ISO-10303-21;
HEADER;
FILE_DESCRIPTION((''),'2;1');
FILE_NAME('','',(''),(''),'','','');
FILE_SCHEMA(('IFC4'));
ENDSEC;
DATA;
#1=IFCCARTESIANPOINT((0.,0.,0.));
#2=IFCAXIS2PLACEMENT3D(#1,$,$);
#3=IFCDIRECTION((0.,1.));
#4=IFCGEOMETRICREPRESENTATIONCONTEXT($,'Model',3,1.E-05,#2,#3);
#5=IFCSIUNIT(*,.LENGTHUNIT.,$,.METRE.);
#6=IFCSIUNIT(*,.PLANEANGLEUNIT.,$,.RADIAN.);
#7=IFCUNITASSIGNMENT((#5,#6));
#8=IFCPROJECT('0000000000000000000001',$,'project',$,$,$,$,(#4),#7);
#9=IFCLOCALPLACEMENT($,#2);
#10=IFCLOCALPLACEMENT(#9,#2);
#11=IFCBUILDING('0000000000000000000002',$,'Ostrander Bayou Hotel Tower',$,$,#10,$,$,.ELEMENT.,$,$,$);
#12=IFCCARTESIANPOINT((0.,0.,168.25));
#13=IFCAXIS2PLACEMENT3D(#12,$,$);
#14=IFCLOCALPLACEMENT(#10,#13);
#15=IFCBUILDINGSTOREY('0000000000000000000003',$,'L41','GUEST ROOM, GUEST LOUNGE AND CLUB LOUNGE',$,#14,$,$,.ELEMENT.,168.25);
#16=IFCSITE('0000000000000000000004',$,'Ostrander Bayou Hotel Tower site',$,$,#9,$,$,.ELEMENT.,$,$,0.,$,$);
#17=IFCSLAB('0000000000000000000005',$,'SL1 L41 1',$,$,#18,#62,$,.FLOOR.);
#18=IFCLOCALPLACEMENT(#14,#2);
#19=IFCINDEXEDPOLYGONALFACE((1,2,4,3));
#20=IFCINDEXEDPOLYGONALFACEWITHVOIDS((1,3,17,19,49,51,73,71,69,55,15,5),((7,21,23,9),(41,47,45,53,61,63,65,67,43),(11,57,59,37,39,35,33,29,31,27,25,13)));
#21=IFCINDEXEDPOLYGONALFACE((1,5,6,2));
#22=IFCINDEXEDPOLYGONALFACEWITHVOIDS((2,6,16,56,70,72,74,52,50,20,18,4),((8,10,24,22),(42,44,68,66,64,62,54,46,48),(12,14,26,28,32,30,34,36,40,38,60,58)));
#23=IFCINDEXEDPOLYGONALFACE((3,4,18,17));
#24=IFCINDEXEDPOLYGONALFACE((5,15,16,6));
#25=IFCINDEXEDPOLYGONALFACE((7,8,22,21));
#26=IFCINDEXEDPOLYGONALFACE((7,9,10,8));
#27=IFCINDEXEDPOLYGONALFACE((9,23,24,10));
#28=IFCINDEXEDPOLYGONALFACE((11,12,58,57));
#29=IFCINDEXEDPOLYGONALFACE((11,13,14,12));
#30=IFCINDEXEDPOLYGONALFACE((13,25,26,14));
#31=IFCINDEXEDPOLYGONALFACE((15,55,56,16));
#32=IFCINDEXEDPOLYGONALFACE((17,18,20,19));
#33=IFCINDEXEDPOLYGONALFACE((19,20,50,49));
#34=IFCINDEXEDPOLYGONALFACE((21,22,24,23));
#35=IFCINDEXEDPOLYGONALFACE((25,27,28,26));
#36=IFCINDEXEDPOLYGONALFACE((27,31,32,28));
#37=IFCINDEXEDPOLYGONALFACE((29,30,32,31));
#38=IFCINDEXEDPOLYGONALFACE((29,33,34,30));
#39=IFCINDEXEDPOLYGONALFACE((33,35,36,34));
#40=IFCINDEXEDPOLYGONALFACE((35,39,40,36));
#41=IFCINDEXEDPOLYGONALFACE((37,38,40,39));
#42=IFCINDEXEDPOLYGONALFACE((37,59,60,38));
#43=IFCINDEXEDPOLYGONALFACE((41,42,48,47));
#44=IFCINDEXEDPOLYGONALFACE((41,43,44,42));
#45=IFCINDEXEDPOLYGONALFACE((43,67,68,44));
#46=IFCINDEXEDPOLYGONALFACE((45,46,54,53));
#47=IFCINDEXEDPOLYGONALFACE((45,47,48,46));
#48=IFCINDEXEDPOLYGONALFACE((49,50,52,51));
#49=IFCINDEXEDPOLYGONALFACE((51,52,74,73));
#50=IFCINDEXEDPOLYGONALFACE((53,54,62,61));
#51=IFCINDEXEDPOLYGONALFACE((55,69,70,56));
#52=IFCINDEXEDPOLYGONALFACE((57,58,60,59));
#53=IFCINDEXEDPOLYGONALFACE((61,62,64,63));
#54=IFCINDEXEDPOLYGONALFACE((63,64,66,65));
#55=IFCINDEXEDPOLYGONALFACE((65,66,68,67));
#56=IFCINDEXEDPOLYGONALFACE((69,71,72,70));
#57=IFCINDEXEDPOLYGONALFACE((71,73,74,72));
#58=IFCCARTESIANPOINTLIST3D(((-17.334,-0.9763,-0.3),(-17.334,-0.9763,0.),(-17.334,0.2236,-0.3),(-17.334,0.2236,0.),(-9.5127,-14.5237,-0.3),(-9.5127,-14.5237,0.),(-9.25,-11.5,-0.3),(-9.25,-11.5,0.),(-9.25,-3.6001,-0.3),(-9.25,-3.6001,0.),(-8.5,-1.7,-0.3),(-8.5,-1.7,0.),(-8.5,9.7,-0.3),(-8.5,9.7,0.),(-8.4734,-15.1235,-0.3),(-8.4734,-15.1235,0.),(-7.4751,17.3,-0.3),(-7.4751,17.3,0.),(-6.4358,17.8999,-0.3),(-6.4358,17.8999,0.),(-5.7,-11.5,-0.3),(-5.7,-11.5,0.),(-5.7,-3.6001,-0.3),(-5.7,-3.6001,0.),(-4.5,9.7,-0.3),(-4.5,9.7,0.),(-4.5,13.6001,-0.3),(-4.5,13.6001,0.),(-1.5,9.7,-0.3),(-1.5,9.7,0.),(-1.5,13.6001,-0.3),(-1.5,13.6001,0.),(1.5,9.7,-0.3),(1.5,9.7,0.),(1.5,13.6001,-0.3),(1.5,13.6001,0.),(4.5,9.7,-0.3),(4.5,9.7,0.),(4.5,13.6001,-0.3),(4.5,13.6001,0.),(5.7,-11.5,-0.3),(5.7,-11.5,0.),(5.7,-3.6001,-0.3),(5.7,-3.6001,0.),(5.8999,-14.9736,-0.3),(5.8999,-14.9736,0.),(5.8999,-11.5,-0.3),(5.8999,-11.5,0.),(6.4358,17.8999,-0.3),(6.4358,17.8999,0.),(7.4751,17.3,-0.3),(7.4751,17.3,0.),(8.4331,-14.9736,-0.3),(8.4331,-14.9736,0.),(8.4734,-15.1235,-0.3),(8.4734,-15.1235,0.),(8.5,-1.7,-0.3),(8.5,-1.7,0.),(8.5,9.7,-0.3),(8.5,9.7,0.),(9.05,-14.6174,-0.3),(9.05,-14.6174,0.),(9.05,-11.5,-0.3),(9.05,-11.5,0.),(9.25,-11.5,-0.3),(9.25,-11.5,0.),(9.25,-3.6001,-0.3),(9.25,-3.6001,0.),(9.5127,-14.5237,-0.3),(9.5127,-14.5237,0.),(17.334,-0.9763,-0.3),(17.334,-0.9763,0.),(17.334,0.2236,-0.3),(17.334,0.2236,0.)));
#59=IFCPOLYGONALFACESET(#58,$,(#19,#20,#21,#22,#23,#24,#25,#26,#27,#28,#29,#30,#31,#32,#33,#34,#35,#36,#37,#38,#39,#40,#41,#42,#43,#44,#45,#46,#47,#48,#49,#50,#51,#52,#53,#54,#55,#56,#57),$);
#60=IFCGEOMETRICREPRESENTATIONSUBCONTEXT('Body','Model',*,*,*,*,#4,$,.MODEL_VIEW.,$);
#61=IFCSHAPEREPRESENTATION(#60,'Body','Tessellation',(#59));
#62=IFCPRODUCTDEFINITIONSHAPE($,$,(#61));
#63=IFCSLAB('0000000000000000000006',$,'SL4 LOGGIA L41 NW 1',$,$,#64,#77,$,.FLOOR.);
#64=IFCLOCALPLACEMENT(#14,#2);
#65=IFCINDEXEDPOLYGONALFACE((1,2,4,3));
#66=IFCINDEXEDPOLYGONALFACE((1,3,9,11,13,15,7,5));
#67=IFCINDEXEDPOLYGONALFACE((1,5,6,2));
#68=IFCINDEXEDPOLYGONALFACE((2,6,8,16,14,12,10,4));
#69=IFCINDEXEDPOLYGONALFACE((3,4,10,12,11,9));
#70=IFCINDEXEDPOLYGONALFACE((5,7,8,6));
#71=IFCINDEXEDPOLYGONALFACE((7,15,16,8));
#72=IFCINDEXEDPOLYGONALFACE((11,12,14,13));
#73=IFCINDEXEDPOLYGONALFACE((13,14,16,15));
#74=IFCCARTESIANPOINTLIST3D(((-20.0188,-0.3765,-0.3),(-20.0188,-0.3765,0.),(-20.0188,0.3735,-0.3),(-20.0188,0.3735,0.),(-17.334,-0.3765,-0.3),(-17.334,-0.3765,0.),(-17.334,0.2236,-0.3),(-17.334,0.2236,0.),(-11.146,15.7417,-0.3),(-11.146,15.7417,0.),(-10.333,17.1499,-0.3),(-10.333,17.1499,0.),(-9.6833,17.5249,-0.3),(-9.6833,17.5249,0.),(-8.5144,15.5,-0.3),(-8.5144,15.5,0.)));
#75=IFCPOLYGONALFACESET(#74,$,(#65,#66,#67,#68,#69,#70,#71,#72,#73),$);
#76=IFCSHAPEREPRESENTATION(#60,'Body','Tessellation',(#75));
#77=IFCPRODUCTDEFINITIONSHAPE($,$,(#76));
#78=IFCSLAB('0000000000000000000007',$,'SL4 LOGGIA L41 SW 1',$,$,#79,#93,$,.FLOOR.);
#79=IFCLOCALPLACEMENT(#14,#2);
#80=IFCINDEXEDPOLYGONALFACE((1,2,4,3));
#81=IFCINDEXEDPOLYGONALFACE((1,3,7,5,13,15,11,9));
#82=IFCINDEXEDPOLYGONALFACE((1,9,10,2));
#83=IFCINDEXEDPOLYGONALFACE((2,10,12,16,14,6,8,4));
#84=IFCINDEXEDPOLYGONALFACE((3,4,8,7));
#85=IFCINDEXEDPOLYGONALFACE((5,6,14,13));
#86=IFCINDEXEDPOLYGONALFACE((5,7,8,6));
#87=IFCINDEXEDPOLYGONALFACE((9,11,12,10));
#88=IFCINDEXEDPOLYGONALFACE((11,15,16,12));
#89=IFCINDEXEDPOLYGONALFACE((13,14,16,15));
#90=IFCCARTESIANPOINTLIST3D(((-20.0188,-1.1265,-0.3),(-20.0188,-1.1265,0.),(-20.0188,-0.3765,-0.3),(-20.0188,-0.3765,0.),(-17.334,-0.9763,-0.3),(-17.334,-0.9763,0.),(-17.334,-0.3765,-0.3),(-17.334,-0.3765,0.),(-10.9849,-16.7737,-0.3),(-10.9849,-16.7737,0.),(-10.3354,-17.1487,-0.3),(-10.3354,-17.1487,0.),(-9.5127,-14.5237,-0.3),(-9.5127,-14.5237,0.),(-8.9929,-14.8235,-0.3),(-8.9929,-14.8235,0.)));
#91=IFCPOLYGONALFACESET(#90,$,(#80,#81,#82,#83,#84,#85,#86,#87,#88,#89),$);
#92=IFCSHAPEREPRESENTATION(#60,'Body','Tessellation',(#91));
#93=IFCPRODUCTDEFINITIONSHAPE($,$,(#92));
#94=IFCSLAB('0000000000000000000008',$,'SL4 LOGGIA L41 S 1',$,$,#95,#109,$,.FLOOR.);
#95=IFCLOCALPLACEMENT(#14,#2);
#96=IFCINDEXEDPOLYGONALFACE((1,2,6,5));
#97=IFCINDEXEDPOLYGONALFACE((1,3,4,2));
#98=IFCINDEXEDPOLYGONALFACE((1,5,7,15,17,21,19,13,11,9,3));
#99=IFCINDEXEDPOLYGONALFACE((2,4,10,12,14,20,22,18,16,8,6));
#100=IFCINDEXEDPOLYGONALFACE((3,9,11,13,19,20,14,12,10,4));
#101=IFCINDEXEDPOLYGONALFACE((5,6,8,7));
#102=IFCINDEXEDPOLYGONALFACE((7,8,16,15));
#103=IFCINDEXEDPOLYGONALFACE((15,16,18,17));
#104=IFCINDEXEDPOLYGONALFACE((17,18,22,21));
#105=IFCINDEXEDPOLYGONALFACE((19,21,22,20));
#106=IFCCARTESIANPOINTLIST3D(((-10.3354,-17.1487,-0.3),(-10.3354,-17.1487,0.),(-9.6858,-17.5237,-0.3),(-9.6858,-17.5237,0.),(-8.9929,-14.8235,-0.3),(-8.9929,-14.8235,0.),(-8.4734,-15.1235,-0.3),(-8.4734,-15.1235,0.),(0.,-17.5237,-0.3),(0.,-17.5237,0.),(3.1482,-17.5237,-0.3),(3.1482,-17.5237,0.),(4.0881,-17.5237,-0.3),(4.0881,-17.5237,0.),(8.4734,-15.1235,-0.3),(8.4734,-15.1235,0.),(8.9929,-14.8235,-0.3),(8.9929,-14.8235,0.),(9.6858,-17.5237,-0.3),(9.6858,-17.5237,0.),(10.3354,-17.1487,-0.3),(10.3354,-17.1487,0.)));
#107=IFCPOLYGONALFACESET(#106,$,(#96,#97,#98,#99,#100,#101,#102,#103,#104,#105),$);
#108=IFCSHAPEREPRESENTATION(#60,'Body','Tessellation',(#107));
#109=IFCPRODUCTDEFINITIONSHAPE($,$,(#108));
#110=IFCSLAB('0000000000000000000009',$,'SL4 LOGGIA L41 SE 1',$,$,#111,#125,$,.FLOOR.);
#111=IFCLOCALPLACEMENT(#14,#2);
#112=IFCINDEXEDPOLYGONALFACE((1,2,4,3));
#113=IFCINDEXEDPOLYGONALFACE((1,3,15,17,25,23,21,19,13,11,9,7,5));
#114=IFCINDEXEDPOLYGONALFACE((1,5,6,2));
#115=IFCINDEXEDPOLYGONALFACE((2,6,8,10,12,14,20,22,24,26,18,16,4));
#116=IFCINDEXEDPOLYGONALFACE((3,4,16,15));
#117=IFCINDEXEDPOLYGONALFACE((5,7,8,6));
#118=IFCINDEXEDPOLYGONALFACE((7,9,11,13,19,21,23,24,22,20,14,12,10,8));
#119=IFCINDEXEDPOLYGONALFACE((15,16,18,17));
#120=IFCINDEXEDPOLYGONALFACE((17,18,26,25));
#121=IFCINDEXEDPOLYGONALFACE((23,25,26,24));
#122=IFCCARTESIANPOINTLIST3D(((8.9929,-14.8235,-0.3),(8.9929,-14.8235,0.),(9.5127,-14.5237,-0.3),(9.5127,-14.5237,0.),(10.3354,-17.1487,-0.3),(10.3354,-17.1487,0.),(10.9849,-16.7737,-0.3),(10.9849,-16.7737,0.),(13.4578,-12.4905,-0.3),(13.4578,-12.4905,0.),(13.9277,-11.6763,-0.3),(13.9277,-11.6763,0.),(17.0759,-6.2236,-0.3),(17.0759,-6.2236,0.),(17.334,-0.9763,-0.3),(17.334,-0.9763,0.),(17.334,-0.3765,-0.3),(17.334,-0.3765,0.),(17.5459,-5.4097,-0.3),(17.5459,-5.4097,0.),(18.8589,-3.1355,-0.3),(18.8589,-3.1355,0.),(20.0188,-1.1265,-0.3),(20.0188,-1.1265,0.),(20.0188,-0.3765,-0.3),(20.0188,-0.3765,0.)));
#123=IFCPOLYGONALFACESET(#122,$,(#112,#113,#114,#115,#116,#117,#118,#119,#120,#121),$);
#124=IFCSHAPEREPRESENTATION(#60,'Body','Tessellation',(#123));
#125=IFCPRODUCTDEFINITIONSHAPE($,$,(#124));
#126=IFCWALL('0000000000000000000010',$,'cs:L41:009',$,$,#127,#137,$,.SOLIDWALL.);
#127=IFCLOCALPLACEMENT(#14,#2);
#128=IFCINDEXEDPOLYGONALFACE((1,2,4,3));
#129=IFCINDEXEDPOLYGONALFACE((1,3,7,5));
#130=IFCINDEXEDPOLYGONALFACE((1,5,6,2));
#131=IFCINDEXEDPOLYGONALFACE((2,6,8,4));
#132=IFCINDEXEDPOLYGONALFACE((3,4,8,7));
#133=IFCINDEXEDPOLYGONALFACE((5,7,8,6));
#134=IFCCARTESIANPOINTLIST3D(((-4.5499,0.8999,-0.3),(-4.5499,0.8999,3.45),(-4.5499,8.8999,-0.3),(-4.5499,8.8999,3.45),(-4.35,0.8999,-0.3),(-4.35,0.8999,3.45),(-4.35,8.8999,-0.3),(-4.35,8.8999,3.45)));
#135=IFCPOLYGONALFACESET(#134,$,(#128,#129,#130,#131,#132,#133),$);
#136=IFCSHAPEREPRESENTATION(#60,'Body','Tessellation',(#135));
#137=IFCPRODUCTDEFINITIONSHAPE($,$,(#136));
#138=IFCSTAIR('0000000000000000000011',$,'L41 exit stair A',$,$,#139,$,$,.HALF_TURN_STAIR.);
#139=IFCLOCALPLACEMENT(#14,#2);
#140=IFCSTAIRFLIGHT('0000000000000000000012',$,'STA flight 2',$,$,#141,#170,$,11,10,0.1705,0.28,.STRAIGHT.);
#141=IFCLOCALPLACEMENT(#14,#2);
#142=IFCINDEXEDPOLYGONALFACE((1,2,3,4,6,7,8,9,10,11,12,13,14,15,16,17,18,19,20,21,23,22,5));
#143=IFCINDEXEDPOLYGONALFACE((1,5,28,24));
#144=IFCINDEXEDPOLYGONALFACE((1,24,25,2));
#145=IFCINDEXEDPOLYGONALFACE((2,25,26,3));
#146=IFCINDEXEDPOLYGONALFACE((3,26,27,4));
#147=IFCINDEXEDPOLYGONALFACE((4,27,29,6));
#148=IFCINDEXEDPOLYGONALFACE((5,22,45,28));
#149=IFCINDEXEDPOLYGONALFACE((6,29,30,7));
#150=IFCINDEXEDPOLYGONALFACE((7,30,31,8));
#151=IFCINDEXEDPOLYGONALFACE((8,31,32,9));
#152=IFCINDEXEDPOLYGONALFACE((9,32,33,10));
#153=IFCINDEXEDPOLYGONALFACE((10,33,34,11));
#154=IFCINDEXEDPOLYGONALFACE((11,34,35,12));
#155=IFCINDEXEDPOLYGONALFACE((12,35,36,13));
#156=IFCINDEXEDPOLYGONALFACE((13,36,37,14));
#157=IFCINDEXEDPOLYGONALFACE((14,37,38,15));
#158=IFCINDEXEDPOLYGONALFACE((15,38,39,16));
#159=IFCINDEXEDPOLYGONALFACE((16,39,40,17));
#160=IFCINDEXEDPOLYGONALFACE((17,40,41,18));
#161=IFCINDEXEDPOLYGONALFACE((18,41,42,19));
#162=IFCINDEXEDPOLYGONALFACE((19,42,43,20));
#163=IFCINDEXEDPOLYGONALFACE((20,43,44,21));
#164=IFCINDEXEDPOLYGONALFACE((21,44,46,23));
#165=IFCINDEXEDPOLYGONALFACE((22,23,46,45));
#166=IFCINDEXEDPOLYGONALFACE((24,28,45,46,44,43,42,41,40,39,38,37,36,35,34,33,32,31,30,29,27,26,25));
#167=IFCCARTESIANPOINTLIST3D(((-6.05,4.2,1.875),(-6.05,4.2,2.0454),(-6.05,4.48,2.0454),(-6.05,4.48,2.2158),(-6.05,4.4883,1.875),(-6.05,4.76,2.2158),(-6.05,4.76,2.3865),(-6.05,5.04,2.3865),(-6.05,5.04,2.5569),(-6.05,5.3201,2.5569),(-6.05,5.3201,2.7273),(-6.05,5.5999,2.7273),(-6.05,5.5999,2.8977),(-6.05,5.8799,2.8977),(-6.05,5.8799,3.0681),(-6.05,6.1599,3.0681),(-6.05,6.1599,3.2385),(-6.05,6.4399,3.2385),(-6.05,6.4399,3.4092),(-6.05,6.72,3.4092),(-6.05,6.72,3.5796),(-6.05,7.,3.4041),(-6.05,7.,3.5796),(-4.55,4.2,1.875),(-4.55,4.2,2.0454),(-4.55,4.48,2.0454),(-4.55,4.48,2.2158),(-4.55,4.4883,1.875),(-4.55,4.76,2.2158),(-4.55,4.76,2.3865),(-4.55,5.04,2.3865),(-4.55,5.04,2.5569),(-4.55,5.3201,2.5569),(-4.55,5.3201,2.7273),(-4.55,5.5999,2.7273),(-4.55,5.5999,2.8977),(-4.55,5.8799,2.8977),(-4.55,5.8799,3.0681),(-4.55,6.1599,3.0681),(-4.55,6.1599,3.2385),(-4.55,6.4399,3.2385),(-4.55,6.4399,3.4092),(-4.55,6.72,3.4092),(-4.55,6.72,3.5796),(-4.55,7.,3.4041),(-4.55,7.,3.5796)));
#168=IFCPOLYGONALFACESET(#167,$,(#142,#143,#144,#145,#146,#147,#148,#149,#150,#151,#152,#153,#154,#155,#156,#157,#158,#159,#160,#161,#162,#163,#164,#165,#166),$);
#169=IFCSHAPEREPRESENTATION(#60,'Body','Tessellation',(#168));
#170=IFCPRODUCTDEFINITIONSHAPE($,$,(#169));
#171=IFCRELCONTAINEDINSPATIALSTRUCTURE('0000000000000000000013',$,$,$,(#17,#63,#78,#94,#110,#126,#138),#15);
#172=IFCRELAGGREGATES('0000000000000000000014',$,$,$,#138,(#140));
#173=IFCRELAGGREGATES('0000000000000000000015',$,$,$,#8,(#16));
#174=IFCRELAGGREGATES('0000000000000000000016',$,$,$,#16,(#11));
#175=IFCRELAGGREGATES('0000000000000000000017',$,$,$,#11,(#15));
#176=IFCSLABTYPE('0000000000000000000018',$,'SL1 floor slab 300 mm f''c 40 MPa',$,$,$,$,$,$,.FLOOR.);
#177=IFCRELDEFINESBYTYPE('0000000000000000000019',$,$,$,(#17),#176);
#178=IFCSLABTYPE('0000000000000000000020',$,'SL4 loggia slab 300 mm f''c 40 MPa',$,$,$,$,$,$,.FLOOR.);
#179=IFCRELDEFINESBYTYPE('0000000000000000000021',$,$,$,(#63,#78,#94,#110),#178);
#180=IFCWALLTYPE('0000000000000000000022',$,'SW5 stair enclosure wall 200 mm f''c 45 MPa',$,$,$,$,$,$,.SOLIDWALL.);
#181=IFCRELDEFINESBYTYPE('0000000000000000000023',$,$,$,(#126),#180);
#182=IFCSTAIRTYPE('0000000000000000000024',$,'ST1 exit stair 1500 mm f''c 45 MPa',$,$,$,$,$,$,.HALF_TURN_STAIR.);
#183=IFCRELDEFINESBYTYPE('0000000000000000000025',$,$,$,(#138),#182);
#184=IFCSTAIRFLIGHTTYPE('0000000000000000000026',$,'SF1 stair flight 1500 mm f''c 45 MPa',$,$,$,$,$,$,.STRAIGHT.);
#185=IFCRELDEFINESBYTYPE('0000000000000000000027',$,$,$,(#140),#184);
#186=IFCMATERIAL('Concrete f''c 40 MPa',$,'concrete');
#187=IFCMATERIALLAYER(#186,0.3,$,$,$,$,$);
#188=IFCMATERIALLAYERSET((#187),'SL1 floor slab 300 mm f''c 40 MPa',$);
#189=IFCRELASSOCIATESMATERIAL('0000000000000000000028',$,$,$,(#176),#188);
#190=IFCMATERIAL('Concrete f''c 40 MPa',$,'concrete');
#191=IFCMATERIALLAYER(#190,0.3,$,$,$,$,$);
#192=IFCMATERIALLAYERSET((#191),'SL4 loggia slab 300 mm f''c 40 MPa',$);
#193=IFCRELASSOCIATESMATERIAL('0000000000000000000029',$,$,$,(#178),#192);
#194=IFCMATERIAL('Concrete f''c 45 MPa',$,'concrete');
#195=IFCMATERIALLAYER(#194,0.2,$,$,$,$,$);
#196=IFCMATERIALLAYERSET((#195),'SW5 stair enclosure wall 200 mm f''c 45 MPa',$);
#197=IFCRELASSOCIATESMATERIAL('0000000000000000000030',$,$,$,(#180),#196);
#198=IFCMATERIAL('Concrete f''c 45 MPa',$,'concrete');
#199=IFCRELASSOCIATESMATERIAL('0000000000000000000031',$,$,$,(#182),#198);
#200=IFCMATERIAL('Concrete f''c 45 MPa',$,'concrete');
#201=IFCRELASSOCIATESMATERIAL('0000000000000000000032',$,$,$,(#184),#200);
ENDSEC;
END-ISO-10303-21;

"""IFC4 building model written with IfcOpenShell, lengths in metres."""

from ifc_helpers import new_model, si_unit, direction, frame, frame_2d, origin, place, context, subcontext, project, spatial, polyline, rectangle, outline, extrude, material, layer, layer_set, type_object, element, aggregate, save


model = new_model("IFC4")

# Units and contexts
model_context = context("Model", 3, precision=1e-05, world=origin(), true_north=direction((0.0, 1.0)))
body_context = subcontext(model_context, "Body", "Model", "MODEL_VIEW")
ifc_project = project(units=[si_unit("LENGTHUNIT", "METRE"), si_unit("PLANEANGLEUNIT", "RADIAN")], contexts=[model_context])

# Site, building, storey
site_placement = place(None, origin())
site = spatial("IfcSite", under=ifc_project, at=site_placement, Name="Ostrander Bayou Hotel Tower site", CompositionType="ELEMENT", RefElevation=0.0)
building_placement = place(site_placement, origin())
building = spatial("IfcBuilding", under=site, at=building_placement, Name="Ostrander Bayou Hotel Tower", CompositionType="ELEMENT")
storey_placement = place(building_placement, frame((0.0, 0.0, 168.25)))
storey = spatial("IfcBuildingStorey", under=building, at=storey_placement, Name="L41", Description="GUEST ROOM, GUEST LOUNGE AND CLUB LOUNGE", CompositionType="ELEMENT", Elevation=168.25)

# Slabs
ifc_material_1 = material(Name="Concrete f'c 40 MPa", Category="concrete")
ifc_layer_1 = layer(ifc_material_1, 0.3)
ifc_layer_set_1 = layer_set([ifc_layer_1], Name="SL1 floor slab 300 mm f'c 40 MPa")
slab_type_1 = type_object("IfcSlabType", Name="SL1 floor slab 300 mm f'c 40 MPa", PredefinedType="FLOOR", material=ifc_layer_set_1)
slab_1_placement = place(storey_placement, frame((0.0, 0.0, -0.3)))
element("IfcSlab", 1, at=slab_1_placement, inside=storey, type_object=slab_type_1, Name="SL1 L41 1", PredefinedType="FLOOR", context=body_context, shape_type="SweptSolid", body=[
    extrude(outline(polyline([(7.4751, 17.3), (17.334, 0.2236), (17.334, -0.9763), (9.5127, -14.5237), (8.4734, -15.1235), (-8.4734, -15.1235), (-9.5127, -14.5237), (-17.334, -0.9763), (-17.334, 0.2236), (-7.4751, 17.3), (-6.4358, 17.8999), (6.4358, 17.8999), (7.4751, 17.3)]), holes=[polyline([(9.05, -11.5), (9.25, -11.5), (9.25, -3.6001), (5.7, -3.6001), (5.7, -11.5), (5.8999, -11.5), (5.8999, -14.9736), (8.4331, -14.9736), (9.05, -14.6174), (9.05, -11.5)]), polyline([(-8.5, -1.7), (8.5, -1.7), (8.5, 9.7), (4.5, 9.7), (4.5, 13.6001), (1.5, 13.6001), (1.5, 9.7), (-1.5, 9.7), (-1.5, 13.6001), (-4.5, 13.6001), (-4.5, 9.7), (-8.5, 9.7), (-8.5, -1.7)]), polyline([(-5.7, -3.6001), (-9.25, -3.6001), (-9.25, -11.5), (-5.7, -11.5), (-5.7, -3.6001)])]), origin(), (0.0, 0.0, 1.0), 0.3),
])
ifc_material_2 = material(Name="Concrete f'c 40 MPa", Category="concrete")
ifc_layer_2 = layer(ifc_material_2, 0.3)
ifc_layer_set_2 = layer_set([ifc_layer_2], Name="SL4 loggia slab 300 mm f'c 40 MPa")
slab_type_2 = type_object("IfcSlabType", Name="SL4 loggia slab 300 mm f'c 40 MPa", PredefinedType="FLOOR", material=ifc_layer_set_2)
slab_2_placement = place(storey_placement, frame((0.0, 0.0, -0.3)))
element("IfcSlab", 2, at=slab_2_placement, inside=storey, type_object=slab_type_2, Name="SL4 LOGGIA L41 NW 1", PredefinedType="FLOOR", context=body_context, shape_type="SweptSolid", body=[
    extrude(outline(polyline([(-20.0188, -0.3765), (-20.0188, 0.3735), (-11.146, 15.7417), (-10.333, 17.1499), (-9.6833, 17.5249), (-8.5144, 15.5), (-17.334, 0.2236), (-17.334, -0.3765), (-20.0188, -0.3765)])), origin(), (0.0, 0.0, 1.0), 0.3),
])
slab_3_placement = place(storey_placement, frame((0.0, 0.0, -0.3)))
element("IfcSlab", 3, at=slab_3_placement, inside=storey, type_object=slab_type_2, Name="SL4 LOGGIA L41 SW 1", PredefinedType="FLOOR", context=body_context, shape_type="SweptSolid", body=[
    extrude(outline(polyline([(-8.9929, -14.8235), (-10.3354, -17.1487), (-10.9849, -16.7737), (-20.0188, -1.1265), (-20.0188, -0.3765), (-17.334, -0.3765), (-17.334, -0.9763), (-9.5127, -14.5237), (-8.9929, -14.8235)])), origin(), (0.0, 0.0, 1.0), 0.3),
])
slab_4_placement = place(storey_placement, frame((0.0, 0.0, -0.3)))
element("IfcSlab", 4, at=slab_4_placement, inside=storey, type_object=slab_type_2, Name="SL4 LOGGIA L41 S 1", PredefinedType="FLOOR", context=body_context, shape_type="SweptSolid", body=[
    extrude(outline(polyline([(8.9929, -14.8235), (10.3354, -17.1487), (9.6858, -17.5237), (4.0881, -17.5237), (3.1482, -17.5237), (0.0, -17.5237), (-9.6858, -17.5237), (-10.3354, -17.1487), (-8.9929, -14.8235), (-8.4734, -15.1235), (8.4734, -15.1235), (8.9929, -14.8235)])), origin(), (0.0, 0.0, 1.0), 0.3),
])
slab_5_placement = place(storey_placement, frame((0.0, 0.0, -0.3)))
element("IfcSlab", 5, at=slab_5_placement, inside=storey, type_object=slab_type_2, Name="SL4 LOGGIA L41 SE 1", PredefinedType="FLOOR", context=body_context, shape_type="SweptSolid", body=[
    extrude(outline(polyline([(17.334, -0.3765), (20.0188, -0.3765), (20.0188, -1.1265), (18.8589, -3.1355), (17.5459, -5.4097), (17.0759, -6.2236), (13.9277, -11.6763), (13.4578, -12.4905), (10.9849, -16.7737), (10.3354, -17.1487), (8.9929, -14.8235), (9.5127, -14.5237), (17.334, -0.9763), (17.334, -0.3765)])), origin(), (0.0, 0.0, 1.0), 0.3),
])

# Wall
ifc_material_3 = material(Name="Concrete f'c 45 MPa", Category="concrete")
ifc_layer_3 = layer(ifc_material_3, 0.2)
ifc_layer_set_3 = layer_set([ifc_layer_3], Name="SW5 stair enclosure wall 200 mm f'c 45 MPa")
wall_type_1 = type_object("IfcWallType", Name="SW5 stair enclosure wall 200 mm f'c 45 MPa", PredefinedType="SOLIDWALL", material=ifc_layer_set_3)
wall_1_placement = place(storey_placement, frame((-4.45, 0.8999, -0.3), z_axis=(0.0, 0.0, 1.0), x_axis=(0.0, 1.0, 0.0)))
element("IfcWall", 6, at=wall_1_placement, inside=storey, type_object=wall_type_1, Name="cs:L41:009", PredefinedType="SOLIDWALL", context=body_context, shape_type="SweptSolid", body=[
    extrude(rectangle(XDim=8.0, YDim=0.2, at=frame_2d((4.0, 0.0))), origin(), (0.0, 0.0, 1.0), 3.75),
])

# Stair, stair flight
ifc_material_4 = material(Name="Concrete f'c 45 MPa", Category="concrete")
stair_type = type_object("IfcStairType", Name="ST1 exit stair 1500 mm f'c 45 MPa", PredefinedType="HALF_TURN_STAIR", material=ifc_material_4)
stair_placement = place(storey_placement, origin())
stair = element("IfcStair", 7, at=stair_placement, inside=storey, type_object=stair_type, Name="L41 exit stair A", PredefinedType="HALF_TURN_STAIR")
ifc_material_5 = material(Name="Concrete f'c 45 MPa", Category="concrete")
stair_flight_type = type_object("IfcStairFlightType", Name="SF1 stair flight 1500 mm f'c 45 MPa", PredefinedType="STRAIGHT", material=ifc_material_5)
stair_flight_placement = place(storey_placement, frame((-5.3, 4.2, 1.875), z_axis=(0.0, 0.0, 1.0), x_axis=(0.0, 1.0, 0.0)))
stair_flight = element("IfcStairFlight", 8, at=stair_flight_placement, type_object=stair_flight_type, Name="STA flight 2", NumberOfRisers=11, NumberOfTreads=10, PredefinedType="STRAIGHT", RiserHeight=0.1705, TreadLength=0.28, context=body_context, shape_type="SweptSolid", body=[
    extrude(outline(polyline([(0.0, 0.0), (0.0, 0.1704), (0.28, 0.1704), (0.28, 0.3408), (0.5601, 0.3408), (0.5601, 0.5115), (0.8401, 0.5115), (0.8401, 0.6819), (1.1201, 0.6819), (1.1201, 0.8523), (1.3999, 0.8523), (1.3999, 1.0227), (1.6799, 1.0227), (1.6799, 1.1931), (1.96, 1.1931), (1.96, 1.3635), (2.24, 1.3635), (2.24, 1.5342), (2.52, 1.5342), (2.52, 1.7046), (2.8, 1.7046), (2.8, 1.875), (2.8, 1.5291), (0.2883, 0.0), (0.0, 0.0)])), frame((0.0, 0.75, 0.0), z_axis=(0.0, -1.0, 0.0), x_axis=(1.0, 0.0, 0.0)), (0.0, 0.0, 1.0), 1.5),
])
aggregate(stair, [stair_flight])

save(model, "model.ifc")
